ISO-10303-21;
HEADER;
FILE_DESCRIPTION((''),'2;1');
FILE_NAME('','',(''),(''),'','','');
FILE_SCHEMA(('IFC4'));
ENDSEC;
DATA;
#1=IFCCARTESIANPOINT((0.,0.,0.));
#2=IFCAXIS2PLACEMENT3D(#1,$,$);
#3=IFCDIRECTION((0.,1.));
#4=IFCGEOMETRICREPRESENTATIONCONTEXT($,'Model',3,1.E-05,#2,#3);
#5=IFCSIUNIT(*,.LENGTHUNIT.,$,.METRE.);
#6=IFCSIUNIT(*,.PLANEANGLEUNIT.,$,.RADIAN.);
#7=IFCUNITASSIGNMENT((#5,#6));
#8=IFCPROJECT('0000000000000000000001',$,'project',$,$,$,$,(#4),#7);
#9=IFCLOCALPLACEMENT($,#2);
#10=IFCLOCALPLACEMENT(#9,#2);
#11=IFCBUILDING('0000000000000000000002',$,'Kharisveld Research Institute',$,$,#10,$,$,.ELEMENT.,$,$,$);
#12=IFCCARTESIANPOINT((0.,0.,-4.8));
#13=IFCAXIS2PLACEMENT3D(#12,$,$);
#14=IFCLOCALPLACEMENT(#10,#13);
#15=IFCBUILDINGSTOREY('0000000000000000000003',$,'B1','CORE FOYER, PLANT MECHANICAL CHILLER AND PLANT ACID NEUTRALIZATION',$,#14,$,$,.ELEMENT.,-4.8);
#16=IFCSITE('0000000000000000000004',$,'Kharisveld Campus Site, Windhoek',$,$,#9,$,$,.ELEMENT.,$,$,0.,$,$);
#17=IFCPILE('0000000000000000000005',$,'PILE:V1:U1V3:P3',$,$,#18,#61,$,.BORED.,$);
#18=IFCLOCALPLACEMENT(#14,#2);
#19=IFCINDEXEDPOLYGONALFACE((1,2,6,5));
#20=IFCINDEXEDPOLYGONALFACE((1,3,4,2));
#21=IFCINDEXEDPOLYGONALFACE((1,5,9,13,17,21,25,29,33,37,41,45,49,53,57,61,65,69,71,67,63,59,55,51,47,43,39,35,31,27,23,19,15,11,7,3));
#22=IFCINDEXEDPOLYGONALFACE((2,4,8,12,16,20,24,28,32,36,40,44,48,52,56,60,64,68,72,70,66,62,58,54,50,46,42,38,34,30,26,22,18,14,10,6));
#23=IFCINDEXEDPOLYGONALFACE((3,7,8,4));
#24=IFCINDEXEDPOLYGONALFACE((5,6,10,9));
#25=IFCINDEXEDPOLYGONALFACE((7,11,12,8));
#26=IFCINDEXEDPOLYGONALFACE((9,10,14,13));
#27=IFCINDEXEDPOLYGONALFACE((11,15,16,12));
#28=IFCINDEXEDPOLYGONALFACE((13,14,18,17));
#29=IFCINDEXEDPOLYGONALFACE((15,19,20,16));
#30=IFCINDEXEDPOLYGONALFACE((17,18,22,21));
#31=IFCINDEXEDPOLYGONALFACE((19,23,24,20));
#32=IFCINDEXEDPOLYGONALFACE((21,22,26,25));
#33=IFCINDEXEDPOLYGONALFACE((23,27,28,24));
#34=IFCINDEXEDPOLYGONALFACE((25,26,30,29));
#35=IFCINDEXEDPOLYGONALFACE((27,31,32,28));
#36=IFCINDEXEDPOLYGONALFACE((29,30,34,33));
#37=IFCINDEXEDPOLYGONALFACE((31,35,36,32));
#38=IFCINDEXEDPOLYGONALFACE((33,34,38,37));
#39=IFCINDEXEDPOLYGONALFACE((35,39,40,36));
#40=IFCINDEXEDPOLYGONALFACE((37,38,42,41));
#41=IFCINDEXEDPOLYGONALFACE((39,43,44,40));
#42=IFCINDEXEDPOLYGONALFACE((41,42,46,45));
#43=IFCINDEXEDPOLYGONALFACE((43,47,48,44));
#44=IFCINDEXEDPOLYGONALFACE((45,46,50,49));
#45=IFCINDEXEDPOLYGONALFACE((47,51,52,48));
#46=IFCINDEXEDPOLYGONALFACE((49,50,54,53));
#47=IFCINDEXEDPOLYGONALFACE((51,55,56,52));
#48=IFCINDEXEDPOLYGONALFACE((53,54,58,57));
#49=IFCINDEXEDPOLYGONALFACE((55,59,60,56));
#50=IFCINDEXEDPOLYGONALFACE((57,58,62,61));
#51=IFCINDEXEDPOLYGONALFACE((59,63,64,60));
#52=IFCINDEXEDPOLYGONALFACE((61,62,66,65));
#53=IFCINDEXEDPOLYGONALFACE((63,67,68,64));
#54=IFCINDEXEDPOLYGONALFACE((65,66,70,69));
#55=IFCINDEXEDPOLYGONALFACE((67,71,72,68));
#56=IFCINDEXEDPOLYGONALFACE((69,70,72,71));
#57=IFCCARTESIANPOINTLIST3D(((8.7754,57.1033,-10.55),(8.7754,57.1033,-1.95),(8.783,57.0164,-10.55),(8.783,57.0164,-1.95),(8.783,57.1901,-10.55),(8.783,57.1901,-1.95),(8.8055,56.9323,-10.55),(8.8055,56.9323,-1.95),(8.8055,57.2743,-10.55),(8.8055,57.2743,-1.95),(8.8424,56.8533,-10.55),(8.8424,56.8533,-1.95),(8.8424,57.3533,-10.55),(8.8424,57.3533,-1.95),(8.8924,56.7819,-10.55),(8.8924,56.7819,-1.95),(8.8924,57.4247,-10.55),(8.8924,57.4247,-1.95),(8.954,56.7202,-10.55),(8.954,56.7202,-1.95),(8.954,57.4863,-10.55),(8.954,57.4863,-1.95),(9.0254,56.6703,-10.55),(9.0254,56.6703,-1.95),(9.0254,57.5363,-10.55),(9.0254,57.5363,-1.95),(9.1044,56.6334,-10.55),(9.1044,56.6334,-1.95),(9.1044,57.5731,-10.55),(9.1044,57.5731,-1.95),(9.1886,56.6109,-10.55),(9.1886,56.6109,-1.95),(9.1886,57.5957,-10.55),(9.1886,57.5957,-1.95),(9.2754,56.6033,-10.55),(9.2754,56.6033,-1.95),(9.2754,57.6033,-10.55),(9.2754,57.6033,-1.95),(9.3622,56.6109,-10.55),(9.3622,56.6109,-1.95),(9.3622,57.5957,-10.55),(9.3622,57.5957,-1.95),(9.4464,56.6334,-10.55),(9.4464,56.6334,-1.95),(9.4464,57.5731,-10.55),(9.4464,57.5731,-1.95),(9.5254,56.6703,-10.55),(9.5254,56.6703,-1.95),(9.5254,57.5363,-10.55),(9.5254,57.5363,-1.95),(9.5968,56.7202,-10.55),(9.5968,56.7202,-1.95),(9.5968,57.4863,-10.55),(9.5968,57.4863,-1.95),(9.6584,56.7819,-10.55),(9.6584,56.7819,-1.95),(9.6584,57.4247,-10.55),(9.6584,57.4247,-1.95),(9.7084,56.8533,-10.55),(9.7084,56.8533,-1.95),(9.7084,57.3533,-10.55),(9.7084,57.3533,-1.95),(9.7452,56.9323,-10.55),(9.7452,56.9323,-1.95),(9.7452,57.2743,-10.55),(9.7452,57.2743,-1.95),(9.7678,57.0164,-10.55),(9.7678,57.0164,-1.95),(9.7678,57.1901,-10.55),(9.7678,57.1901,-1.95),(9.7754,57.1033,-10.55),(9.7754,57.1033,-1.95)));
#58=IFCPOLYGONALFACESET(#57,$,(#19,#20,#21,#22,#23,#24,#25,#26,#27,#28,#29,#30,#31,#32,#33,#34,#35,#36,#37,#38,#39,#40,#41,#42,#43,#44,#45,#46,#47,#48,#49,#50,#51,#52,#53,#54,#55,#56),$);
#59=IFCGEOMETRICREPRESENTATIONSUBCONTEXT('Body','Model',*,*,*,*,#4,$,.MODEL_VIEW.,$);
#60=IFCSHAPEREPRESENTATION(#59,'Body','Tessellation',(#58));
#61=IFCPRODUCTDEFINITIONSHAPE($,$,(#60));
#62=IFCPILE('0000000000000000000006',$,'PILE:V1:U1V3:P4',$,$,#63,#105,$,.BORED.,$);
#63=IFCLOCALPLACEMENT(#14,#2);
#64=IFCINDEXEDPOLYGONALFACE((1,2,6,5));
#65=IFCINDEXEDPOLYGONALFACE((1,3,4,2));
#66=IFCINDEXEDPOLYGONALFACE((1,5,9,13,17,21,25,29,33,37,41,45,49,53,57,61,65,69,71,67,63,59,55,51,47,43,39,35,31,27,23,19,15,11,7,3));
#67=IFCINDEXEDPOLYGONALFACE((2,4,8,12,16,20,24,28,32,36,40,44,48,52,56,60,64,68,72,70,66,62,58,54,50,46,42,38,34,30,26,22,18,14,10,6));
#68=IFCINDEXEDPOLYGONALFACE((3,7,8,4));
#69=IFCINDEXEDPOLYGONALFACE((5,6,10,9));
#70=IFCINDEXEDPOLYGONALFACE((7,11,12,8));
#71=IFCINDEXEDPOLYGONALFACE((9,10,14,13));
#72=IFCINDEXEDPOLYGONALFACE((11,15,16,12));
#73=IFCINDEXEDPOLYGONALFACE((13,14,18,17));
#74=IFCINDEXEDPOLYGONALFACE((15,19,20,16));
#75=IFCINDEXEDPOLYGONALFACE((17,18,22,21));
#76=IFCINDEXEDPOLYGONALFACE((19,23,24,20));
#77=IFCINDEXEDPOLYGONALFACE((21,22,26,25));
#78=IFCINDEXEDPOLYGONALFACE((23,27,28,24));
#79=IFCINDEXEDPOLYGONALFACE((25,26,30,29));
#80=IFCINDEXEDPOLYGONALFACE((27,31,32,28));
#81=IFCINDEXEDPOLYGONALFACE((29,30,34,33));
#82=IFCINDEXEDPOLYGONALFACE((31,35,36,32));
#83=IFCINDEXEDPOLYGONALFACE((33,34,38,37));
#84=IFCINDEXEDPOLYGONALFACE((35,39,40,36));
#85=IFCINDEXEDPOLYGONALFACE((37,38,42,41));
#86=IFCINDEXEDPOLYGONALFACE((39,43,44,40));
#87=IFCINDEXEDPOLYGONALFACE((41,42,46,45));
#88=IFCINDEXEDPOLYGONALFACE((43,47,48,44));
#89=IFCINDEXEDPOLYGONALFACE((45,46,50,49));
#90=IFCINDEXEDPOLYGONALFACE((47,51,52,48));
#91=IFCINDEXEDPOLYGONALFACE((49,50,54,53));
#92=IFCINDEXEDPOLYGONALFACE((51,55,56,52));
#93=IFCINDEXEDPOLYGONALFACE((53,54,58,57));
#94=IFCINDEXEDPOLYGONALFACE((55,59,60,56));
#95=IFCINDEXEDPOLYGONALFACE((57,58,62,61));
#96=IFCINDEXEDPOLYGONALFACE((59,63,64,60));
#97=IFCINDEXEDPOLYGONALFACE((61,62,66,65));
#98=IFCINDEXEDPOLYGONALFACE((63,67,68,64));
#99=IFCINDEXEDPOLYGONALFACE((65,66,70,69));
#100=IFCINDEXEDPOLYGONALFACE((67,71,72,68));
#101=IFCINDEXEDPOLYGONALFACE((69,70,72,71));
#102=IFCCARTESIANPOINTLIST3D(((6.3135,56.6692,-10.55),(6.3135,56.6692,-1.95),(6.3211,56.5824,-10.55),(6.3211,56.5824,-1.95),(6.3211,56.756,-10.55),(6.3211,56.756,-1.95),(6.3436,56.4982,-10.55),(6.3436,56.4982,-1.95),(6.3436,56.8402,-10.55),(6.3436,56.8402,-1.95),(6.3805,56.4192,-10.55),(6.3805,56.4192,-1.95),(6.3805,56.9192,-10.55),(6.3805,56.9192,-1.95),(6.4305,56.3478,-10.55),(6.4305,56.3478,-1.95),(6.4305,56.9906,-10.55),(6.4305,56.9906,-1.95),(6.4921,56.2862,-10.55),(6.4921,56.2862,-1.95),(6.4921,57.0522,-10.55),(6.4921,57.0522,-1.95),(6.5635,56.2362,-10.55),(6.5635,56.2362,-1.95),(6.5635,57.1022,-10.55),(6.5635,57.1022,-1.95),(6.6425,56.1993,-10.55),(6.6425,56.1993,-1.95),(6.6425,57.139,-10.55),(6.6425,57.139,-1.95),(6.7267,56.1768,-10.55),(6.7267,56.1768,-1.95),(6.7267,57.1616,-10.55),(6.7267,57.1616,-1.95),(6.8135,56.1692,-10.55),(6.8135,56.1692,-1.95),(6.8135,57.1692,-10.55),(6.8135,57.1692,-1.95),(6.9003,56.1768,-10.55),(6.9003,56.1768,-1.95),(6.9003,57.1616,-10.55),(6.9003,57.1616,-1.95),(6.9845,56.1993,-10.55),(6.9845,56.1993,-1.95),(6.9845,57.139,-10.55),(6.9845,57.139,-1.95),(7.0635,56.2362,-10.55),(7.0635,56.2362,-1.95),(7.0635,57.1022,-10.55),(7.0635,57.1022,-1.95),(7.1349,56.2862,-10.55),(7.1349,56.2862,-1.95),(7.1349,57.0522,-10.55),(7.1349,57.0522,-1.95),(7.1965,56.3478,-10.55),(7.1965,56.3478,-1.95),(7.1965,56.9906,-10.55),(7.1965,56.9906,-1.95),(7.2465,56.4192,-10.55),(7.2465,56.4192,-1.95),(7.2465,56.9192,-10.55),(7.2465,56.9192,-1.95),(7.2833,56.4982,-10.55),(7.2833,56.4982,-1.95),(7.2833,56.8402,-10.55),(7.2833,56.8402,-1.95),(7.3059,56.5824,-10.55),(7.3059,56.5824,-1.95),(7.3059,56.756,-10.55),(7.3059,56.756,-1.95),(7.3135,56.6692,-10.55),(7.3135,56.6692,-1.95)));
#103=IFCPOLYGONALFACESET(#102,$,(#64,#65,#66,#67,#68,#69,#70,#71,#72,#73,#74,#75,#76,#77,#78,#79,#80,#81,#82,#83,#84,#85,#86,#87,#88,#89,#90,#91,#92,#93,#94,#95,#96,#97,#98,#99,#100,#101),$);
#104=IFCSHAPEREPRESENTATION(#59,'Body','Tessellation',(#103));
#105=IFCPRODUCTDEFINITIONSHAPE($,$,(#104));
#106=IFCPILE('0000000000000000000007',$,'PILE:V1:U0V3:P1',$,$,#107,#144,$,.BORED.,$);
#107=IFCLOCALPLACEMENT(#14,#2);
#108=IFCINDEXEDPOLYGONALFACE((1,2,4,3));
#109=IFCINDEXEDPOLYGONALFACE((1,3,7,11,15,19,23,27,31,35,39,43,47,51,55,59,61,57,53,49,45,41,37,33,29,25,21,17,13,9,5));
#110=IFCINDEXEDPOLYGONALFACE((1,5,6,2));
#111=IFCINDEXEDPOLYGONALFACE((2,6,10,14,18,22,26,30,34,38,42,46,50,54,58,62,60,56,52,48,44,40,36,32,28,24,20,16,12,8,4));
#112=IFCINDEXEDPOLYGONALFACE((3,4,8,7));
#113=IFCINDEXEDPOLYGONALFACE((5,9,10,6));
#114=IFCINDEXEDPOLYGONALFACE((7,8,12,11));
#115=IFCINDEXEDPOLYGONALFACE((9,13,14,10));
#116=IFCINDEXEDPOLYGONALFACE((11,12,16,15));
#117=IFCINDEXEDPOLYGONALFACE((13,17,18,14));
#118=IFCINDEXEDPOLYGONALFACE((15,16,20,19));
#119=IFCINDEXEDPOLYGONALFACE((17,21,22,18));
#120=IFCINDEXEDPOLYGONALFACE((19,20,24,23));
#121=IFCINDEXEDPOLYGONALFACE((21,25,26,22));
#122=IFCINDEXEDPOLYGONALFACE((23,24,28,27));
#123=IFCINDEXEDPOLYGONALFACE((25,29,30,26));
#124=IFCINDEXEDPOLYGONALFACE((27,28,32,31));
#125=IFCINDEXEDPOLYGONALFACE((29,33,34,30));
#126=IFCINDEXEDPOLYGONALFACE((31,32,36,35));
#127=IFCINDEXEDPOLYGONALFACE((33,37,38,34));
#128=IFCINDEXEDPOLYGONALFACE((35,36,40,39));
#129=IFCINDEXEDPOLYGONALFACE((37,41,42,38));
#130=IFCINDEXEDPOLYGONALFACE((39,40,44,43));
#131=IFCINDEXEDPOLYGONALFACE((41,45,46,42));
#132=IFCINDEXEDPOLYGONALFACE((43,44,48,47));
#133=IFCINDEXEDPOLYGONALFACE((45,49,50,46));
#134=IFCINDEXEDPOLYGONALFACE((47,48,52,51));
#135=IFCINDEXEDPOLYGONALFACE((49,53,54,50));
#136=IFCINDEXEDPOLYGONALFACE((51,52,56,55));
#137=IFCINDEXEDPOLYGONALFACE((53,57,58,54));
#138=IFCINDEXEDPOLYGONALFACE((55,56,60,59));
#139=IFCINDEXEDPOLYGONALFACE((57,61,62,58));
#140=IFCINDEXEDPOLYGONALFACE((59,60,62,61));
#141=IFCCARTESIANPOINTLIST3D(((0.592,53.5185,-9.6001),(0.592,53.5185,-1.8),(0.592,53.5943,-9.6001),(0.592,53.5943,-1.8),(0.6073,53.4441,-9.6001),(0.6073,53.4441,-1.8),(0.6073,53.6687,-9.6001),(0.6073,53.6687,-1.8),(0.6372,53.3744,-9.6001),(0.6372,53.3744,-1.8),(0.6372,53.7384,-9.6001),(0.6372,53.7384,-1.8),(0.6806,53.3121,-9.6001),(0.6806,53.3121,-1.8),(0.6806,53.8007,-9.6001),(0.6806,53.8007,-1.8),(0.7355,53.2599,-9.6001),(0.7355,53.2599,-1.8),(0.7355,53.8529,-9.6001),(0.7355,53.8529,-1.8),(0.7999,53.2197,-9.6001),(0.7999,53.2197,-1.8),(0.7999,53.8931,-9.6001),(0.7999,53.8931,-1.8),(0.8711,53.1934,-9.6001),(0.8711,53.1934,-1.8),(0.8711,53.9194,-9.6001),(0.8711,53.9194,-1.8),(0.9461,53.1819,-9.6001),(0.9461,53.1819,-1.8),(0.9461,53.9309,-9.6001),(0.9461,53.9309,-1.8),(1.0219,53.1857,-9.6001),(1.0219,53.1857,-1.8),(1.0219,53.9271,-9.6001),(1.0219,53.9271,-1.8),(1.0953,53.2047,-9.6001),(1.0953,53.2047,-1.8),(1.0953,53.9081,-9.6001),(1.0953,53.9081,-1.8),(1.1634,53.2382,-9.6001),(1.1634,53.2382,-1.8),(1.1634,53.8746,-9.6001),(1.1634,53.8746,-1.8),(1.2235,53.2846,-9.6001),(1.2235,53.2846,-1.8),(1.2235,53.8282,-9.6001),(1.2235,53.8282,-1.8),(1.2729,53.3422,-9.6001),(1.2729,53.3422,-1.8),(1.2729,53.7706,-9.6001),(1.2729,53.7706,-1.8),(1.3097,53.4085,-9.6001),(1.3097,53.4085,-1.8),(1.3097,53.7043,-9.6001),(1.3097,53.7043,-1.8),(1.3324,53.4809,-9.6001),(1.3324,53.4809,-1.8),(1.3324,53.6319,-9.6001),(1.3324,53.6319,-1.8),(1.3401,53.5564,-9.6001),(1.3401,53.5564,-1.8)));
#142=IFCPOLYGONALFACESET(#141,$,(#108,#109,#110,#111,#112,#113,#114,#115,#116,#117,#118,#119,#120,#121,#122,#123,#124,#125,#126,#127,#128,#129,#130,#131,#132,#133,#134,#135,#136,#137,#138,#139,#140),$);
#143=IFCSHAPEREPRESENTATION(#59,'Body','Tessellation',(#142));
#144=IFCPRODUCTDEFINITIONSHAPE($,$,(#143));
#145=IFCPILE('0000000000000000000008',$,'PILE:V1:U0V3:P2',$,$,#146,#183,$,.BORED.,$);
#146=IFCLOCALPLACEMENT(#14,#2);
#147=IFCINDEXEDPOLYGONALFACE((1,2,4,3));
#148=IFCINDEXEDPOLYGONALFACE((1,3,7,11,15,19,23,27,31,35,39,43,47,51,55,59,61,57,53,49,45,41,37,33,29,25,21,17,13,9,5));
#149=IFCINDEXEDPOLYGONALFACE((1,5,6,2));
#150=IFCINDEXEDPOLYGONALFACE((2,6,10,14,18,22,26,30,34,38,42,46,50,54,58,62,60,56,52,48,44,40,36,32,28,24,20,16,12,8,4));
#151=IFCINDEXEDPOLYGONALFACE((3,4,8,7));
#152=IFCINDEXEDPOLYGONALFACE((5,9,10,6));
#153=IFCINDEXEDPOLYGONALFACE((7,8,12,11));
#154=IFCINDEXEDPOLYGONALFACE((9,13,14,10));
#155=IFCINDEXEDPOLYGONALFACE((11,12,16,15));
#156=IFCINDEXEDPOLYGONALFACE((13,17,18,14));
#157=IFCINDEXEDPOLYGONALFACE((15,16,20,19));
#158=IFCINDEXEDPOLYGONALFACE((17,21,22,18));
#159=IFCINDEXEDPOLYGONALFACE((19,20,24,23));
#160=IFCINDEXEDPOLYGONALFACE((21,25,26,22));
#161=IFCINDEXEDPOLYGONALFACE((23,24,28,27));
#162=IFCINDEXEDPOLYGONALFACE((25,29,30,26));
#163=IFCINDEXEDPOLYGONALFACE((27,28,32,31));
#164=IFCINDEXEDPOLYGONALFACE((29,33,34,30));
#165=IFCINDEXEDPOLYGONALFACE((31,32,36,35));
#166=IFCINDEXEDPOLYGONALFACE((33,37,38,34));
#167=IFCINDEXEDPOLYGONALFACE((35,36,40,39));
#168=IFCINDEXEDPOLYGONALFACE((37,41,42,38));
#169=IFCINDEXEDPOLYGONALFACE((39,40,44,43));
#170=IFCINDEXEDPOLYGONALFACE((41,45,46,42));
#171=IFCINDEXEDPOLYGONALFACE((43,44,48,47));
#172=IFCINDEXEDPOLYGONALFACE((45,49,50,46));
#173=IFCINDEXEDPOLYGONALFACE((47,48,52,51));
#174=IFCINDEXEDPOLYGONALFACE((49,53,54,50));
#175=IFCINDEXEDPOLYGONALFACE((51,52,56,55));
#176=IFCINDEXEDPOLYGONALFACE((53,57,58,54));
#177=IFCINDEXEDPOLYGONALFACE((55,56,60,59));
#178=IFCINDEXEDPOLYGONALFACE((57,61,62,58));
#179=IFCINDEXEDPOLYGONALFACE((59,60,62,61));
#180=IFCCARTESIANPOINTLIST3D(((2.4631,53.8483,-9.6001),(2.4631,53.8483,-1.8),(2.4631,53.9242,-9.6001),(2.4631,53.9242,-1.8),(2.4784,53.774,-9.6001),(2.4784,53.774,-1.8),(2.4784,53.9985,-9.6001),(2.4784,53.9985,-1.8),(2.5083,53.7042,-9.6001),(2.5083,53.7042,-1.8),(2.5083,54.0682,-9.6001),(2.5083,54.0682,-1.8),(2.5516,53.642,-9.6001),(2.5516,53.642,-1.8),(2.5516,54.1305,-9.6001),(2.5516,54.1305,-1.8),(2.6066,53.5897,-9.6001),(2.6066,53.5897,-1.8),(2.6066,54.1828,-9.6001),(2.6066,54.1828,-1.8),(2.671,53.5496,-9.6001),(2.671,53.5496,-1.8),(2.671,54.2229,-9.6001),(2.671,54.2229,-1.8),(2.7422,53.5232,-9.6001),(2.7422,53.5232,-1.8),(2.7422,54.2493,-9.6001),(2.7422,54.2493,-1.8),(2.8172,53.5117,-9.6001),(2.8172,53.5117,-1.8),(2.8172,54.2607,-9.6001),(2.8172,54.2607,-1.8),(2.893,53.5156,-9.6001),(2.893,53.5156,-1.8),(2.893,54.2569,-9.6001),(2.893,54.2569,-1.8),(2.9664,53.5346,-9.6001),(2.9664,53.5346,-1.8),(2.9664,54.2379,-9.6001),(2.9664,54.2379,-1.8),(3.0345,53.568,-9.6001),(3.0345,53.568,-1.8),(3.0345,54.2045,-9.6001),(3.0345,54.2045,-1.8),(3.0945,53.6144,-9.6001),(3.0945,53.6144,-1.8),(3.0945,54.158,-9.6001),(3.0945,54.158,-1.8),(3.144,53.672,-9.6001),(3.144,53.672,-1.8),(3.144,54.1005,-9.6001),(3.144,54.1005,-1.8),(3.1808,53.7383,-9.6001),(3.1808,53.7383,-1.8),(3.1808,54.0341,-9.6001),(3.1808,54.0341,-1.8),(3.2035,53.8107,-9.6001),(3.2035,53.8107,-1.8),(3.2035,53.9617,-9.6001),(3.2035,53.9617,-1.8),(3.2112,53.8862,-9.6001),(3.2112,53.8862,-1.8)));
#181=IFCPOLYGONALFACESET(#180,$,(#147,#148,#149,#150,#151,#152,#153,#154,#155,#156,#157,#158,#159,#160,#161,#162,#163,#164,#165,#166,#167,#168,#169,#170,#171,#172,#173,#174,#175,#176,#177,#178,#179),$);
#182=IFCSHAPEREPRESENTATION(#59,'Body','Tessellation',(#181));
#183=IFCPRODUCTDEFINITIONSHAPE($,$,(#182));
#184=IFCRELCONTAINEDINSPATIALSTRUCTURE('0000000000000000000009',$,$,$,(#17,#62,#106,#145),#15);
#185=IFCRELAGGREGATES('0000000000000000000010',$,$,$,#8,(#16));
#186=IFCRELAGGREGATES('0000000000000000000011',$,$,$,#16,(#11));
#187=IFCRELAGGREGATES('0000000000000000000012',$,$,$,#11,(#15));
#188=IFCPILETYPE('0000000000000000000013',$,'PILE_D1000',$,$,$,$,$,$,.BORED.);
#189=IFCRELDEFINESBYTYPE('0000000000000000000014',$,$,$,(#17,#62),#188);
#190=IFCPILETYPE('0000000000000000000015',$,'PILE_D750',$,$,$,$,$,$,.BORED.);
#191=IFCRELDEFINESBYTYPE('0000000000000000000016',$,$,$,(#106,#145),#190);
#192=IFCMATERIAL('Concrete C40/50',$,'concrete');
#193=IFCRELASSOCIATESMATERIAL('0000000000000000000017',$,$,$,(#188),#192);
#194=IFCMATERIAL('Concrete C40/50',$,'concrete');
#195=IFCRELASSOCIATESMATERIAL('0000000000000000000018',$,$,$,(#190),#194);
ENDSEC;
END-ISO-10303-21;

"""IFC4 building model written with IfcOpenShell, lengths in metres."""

from ifc_helpers import new_model, si_unit, direction, frame, origin, origin_2d, place, context, subcontext, project, spatial, circle, extrude, material, material_profile, profile_set, type_object, element, save


model = new_model("IFC4")

# Units and contexts
model_context = context("Model", 3, precision=1e-05, world=origin(), true_north=direction((0.0, 1.0)))
body_context = subcontext(model_context, "Body", "Model", "MODEL_VIEW")
ifc_project = project(units=[si_unit("LENGTHUNIT", "METRE"), si_unit("PLANEANGLEUNIT", "RADIAN")], contexts=[model_context])

# Site, building, storey
site_placement = place(None, origin())
site = spatial("IfcSite", under=ifc_project, at=site_placement, Name="Kharisveld Campus Site, Windhoek", CompositionType="ELEMENT", RefElevation=0.0)
building_placement = place(site_placement, origin())
building = spatial("IfcBuilding", under=site, at=building_placement, Name="Kharisveld Research Institute", CompositionType="ELEMENT")
storey_placement = place(building_placement, frame((0.0, 0.0, -4.8)))
storey = spatial("IfcBuildingStorey", under=building, at=storey_placement, Name="B1", Description="CORE FOYER, PLANT MECHANICAL CHILLER AND PLANT ACID NEUTRALIZATION", CompositionType="ELEMENT", Elevation=-4.8)

# Piles
ifc_material_1 = material(Name="Concrete C40/50", Category="concrete")
ifc_material_profile_1 = material_profile(ifc_material_1, circle(Radius=0.5, at=origin_2d()))
ifc_profile_set_1 = profile_set([ifc_material_profile_1], Name="Concrete C40/50")
pile_type_1 = type_object("IfcPileType", Name="PILE_D1000", PredefinedType="BORED", material=ifc_profile_set_1)
for number, where, z_axis, x_axis, name in (
    (1, (9.2754, 57.1033, -1.95), (0.0, 0.0, -1.0), (1.0, 0.0, 0.0), "PILE:V1:U1V3:P3"),
    (2, (6.8135, 56.6692, -1.95), (0.0, 0.0, -1.0), (1.0, 0.0, 0.0), "PILE:V1:U1V3:P4"),
):
    element("IfcPile", number, at=place(storey_placement, frame(where, z_axis=z_axis, x_axis=x_axis)), inside=storey, type_object=pile_type_1, Name=name, PredefinedType="BORED", context=body_context, shape_type="SweptSolid", body=[
        extrude(circle(Radius=0.5, at=origin_2d()), origin(), (0.0, 0.0, 1.0), 8.6001),
    ])
ifc_material_2 = material(Name="Concrete C40/50", Category="concrete")
ifc_material_profile_2 = material_profile(ifc_material_2, circle(Radius=0.375, at=origin_2d()))
ifc_profile_set_2 = profile_set([ifc_material_profile_2], Name="Concrete C40/50")
pile_type_2 = type_object("IfcPileType", Name="PILE_D750", PredefinedType="BORED", material=ifc_profile_set_2)
for number, where, z_axis, x_axis, name in (
    (3, (0.9651, 53.5564, -1.8), (0.0, 0.0, -1.0), (1.0, 0.0, 0.0), "PILE:V1:U0V3:P1"),
    (4, (2.8362, 53.8862, -1.8), (0.0, 0.0, -1.0), (1.0, 0.0, 0.0), "PILE:V1:U0V3:P2"),
):
    element("IfcPile", number, at=place(storey_placement, frame(where, z_axis=z_axis, x_axis=x_axis)), inside=storey, type_object=pile_type_2, Name=name, PredefinedType="BORED", context=body_context, shape_type="SweptSolid", body=[
        extrude(circle(Radius=0.375, at=origin_2d()), origin(), (0.0, 0.0, 1.0), 7.8),
    ])

save(model, "model.ifc")
